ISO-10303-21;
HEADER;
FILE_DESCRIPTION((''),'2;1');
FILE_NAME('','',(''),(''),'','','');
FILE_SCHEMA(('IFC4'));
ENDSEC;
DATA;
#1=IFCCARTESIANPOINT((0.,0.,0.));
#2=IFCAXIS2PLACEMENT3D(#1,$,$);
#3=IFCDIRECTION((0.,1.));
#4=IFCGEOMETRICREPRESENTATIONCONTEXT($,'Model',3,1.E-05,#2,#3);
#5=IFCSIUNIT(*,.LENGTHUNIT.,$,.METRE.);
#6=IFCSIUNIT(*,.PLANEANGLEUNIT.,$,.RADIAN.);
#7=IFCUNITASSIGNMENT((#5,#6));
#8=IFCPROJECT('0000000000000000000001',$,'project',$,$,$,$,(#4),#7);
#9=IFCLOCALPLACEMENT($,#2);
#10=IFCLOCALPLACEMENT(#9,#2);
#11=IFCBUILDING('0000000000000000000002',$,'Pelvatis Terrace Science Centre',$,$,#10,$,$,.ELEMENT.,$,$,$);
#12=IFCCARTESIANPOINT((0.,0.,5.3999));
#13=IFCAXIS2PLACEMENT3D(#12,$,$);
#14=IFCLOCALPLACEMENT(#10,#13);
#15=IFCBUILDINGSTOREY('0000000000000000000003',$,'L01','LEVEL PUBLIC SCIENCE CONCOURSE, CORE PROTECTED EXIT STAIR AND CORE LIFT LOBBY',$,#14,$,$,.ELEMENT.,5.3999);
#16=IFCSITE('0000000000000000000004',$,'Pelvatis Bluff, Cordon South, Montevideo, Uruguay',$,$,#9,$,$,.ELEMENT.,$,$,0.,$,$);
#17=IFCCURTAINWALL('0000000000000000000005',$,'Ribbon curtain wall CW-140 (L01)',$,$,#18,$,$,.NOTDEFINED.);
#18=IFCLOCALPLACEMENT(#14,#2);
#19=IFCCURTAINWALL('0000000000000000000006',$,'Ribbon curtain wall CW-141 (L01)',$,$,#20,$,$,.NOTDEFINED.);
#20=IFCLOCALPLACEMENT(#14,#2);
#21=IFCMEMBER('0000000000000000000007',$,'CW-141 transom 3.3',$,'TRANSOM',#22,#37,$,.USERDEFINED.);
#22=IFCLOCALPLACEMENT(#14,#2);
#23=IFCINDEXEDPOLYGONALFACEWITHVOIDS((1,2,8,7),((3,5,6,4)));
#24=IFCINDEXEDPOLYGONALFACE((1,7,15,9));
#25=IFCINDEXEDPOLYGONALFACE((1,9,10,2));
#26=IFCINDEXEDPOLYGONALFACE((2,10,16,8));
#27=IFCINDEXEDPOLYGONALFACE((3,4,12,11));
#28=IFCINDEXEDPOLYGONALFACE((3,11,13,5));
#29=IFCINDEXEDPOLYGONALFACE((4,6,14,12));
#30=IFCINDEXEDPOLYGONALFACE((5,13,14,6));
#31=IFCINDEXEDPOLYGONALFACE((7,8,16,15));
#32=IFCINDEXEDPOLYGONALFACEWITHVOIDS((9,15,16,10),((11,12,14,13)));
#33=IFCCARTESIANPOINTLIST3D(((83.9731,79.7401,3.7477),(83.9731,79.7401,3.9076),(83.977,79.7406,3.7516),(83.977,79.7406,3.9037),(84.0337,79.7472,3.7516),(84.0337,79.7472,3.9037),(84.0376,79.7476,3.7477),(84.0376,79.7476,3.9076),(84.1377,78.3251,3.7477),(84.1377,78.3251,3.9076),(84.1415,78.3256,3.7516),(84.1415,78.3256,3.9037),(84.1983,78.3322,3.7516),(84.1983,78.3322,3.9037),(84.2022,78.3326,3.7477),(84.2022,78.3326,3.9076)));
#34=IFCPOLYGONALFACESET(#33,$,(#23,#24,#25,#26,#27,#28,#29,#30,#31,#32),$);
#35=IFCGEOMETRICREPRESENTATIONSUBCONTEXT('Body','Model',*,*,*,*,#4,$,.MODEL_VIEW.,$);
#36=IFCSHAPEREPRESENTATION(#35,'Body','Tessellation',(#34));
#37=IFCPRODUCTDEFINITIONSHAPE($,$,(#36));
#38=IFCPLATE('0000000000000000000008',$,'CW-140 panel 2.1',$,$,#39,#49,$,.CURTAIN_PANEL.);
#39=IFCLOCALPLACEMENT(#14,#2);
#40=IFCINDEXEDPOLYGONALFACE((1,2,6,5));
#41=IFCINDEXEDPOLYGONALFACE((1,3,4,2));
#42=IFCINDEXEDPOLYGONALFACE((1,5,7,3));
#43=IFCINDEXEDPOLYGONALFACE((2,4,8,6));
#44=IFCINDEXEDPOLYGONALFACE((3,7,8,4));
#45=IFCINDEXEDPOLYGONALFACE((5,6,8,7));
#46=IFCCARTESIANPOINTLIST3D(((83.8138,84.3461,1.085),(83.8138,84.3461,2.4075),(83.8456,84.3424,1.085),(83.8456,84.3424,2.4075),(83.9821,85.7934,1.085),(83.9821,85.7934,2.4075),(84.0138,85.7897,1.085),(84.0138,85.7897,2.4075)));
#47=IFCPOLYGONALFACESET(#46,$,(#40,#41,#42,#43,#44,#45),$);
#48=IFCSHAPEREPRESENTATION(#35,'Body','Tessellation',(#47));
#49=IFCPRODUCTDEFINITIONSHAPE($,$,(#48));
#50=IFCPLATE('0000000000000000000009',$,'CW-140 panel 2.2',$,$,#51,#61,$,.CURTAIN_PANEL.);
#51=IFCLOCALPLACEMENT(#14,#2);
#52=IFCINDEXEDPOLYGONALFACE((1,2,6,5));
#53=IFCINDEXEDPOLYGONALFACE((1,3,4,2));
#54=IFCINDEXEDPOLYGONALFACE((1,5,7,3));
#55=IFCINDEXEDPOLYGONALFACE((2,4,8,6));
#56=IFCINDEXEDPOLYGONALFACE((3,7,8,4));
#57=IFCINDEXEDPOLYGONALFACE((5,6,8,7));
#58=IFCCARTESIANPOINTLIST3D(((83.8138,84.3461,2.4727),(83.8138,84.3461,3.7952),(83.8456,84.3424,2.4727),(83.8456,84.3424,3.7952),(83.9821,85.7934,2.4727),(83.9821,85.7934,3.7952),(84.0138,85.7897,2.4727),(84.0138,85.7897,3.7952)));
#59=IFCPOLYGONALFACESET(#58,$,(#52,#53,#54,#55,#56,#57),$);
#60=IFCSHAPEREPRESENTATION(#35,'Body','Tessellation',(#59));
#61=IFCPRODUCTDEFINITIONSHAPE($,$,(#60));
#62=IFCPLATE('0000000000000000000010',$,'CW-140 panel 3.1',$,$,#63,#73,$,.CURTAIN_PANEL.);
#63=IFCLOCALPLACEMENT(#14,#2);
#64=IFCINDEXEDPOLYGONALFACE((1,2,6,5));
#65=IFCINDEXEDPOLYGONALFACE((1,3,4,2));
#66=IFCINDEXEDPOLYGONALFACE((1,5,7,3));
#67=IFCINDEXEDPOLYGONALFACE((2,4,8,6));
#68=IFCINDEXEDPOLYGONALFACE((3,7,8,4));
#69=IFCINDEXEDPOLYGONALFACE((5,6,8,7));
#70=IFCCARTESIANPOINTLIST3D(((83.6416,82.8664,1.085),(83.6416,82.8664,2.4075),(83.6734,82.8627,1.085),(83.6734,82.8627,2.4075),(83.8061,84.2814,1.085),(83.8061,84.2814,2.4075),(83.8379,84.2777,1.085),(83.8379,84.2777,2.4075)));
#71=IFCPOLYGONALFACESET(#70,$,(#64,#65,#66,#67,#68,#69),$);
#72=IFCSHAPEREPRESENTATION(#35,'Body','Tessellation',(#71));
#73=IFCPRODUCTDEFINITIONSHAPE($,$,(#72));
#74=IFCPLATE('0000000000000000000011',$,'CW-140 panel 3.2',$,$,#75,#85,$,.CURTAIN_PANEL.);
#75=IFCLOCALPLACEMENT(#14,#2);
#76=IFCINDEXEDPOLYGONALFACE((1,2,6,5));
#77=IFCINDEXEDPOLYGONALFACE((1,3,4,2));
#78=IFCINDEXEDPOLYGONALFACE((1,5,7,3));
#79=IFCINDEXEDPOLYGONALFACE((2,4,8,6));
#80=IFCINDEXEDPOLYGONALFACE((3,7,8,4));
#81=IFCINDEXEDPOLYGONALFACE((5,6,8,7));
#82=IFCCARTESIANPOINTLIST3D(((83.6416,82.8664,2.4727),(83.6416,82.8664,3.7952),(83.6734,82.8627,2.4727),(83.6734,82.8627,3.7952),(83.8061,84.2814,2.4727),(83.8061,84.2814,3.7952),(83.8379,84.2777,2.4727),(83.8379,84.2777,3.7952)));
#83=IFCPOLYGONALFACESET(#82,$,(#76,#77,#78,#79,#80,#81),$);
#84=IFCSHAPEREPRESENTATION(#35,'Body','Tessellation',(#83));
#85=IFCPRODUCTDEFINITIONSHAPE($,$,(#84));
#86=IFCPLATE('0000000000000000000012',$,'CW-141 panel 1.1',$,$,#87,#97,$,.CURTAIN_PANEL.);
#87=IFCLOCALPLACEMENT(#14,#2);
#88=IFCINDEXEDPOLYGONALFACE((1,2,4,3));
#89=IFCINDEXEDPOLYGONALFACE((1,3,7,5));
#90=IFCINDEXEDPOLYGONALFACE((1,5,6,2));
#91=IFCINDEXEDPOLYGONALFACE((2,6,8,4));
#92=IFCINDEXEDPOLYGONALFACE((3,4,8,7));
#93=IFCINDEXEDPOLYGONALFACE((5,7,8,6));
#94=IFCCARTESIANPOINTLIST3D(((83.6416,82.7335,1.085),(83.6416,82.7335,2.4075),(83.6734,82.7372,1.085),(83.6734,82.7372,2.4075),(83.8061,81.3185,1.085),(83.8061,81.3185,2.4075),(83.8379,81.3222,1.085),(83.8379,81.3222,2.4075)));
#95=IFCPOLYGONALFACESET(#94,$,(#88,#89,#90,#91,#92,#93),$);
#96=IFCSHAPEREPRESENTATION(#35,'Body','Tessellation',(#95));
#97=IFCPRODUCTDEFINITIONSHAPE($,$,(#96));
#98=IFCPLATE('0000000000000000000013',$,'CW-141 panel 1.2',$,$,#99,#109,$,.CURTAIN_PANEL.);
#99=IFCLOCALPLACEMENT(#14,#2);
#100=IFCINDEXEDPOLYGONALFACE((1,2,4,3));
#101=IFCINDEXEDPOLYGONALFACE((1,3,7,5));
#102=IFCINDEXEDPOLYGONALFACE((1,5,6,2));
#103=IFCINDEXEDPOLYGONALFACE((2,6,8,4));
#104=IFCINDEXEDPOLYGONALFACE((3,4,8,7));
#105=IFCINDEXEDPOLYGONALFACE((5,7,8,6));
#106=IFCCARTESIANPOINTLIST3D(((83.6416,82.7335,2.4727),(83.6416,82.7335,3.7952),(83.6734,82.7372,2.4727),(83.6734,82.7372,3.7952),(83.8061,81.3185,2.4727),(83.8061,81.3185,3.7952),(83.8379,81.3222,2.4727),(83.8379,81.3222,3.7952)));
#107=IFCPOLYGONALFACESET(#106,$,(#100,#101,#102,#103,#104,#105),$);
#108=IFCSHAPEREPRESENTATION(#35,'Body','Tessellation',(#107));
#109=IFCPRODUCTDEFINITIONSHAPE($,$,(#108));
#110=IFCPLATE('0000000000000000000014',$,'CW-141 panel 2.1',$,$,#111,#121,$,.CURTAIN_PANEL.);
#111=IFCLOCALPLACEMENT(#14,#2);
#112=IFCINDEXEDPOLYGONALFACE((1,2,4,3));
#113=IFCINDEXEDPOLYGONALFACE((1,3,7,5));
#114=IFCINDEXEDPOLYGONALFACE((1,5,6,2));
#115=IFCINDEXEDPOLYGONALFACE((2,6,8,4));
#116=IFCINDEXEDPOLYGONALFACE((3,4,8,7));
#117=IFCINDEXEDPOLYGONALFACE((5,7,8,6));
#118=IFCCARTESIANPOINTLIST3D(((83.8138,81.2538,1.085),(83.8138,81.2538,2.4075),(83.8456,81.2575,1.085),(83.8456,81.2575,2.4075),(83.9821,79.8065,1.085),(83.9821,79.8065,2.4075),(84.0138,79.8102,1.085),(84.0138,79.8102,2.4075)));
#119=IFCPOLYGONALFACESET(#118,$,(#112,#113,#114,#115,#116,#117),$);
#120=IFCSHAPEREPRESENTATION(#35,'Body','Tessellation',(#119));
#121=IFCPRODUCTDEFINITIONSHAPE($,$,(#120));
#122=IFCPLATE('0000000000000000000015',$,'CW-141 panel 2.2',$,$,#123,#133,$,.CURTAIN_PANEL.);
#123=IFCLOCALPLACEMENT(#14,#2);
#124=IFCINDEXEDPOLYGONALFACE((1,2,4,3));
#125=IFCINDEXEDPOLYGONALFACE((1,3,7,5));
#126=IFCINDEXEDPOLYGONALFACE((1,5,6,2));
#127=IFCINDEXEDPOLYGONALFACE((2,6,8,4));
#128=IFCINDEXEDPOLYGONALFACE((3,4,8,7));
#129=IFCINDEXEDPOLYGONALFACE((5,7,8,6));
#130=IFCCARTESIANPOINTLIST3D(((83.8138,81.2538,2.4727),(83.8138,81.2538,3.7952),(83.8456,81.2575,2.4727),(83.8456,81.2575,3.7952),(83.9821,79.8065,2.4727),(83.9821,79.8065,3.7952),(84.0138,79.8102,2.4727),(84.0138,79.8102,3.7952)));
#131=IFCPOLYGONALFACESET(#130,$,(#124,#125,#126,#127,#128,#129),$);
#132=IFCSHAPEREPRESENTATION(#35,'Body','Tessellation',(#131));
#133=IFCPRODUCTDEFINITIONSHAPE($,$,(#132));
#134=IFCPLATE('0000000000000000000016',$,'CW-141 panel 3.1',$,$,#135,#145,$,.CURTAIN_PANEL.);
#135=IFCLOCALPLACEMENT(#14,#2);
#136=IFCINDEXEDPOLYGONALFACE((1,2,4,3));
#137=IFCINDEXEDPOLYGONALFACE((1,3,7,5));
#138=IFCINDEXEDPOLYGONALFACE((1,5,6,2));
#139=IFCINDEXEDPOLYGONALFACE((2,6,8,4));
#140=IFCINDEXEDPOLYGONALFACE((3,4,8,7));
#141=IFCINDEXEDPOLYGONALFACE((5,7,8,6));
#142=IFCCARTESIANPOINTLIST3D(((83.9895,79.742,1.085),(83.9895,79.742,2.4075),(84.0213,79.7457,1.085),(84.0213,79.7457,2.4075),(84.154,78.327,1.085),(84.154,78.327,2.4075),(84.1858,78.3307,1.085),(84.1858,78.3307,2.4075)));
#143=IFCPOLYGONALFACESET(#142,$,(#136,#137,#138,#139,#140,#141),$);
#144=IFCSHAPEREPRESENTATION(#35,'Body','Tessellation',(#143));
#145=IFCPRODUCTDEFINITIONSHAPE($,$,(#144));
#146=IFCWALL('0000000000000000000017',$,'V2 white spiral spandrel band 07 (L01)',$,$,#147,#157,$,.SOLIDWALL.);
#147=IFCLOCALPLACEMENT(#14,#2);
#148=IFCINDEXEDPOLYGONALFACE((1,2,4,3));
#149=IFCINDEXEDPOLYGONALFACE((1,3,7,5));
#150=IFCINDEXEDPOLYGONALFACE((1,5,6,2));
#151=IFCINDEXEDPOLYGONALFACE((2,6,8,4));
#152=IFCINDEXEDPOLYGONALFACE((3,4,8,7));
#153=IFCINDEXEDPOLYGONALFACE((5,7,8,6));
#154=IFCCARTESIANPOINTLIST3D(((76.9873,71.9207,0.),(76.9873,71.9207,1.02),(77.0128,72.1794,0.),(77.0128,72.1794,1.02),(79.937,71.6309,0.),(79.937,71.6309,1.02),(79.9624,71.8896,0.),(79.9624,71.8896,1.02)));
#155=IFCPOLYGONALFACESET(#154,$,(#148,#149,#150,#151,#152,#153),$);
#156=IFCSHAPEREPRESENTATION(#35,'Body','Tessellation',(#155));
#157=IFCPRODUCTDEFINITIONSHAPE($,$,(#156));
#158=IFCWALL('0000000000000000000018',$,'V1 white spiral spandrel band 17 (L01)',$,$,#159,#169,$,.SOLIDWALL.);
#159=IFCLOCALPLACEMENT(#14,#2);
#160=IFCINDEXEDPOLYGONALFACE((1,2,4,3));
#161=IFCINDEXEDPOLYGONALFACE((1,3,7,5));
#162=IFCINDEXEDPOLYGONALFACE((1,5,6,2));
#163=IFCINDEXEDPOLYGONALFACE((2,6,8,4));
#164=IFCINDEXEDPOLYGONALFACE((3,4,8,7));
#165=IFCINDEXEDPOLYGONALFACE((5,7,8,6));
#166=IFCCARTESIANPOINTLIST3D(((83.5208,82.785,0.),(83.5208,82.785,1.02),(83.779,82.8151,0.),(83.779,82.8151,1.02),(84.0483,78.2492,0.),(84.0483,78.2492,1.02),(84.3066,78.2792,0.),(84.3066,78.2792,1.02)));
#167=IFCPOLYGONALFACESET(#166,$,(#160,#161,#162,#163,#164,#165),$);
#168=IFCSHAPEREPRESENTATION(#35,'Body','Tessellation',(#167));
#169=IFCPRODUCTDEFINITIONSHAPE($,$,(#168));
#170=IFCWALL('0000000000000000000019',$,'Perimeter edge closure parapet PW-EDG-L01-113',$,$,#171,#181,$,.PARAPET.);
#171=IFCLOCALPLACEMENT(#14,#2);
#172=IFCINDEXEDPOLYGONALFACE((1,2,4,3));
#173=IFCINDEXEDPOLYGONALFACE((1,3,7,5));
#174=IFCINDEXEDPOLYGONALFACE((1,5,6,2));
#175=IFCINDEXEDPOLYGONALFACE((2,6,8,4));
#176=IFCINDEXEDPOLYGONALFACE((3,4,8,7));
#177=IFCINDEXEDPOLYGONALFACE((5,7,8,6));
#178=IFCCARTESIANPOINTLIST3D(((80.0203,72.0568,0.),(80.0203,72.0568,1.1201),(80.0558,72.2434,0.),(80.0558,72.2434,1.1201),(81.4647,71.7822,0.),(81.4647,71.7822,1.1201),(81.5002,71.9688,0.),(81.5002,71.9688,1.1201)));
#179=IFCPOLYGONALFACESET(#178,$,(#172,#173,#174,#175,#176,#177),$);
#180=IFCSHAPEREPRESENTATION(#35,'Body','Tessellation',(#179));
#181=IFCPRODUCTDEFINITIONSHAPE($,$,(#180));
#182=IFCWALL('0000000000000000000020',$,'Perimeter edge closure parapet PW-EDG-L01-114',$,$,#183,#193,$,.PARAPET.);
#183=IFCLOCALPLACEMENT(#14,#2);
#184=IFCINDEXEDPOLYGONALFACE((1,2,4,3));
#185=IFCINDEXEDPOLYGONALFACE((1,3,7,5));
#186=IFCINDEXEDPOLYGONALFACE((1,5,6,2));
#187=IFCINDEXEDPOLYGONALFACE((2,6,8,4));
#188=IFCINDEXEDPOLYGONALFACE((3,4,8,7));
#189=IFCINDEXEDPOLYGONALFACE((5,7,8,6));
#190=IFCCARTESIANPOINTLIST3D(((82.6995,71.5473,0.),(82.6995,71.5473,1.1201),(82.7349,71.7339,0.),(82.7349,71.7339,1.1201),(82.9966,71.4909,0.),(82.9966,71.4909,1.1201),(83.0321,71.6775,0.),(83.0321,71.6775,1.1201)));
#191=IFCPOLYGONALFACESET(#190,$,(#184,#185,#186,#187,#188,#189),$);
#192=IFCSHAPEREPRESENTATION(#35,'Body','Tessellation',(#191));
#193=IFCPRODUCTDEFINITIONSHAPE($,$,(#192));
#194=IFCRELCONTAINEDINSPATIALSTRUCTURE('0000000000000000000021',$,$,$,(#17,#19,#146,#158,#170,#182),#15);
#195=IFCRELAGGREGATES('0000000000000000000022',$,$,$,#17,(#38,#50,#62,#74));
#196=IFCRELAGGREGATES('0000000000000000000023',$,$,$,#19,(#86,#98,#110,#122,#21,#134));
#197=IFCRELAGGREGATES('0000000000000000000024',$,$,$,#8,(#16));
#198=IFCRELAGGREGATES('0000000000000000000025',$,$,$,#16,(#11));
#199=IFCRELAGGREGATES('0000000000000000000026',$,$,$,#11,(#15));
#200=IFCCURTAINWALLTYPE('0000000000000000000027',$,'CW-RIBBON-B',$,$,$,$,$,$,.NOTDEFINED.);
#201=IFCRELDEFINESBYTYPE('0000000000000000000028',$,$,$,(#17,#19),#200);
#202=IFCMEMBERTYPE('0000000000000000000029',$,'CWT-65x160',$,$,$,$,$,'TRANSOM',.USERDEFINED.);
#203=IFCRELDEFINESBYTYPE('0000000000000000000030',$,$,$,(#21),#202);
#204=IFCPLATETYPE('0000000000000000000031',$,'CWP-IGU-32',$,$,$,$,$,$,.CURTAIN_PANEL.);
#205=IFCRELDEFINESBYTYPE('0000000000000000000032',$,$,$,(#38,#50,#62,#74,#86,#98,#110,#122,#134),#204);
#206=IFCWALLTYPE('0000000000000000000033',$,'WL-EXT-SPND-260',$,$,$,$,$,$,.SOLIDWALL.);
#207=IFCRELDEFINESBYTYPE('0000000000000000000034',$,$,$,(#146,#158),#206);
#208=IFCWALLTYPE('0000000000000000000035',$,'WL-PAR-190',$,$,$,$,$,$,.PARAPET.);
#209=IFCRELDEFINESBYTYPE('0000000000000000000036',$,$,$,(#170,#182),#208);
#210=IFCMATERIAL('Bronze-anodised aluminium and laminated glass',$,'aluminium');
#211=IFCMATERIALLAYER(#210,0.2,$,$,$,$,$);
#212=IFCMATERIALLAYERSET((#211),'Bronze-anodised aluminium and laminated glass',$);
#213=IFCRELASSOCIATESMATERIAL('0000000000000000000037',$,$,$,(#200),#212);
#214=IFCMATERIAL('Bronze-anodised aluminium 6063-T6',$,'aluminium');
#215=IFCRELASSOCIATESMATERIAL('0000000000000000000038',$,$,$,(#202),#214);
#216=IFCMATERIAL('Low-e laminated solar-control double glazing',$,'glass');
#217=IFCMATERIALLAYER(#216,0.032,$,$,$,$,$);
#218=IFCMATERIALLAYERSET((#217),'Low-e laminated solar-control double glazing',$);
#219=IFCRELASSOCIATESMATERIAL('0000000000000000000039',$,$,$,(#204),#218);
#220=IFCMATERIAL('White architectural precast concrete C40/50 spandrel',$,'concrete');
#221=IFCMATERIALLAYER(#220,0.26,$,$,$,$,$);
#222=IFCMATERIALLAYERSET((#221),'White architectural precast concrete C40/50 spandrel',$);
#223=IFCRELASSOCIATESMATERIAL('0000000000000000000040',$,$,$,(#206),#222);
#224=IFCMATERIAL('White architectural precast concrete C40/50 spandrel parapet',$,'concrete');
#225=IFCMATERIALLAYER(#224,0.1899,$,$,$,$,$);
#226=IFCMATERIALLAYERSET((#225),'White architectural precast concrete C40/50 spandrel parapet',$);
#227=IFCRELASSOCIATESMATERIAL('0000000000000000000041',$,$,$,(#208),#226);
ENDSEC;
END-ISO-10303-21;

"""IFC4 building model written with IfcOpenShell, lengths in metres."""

from ifc_helpers import new_model, si_unit, direction, frame, frame_2d, origin, origin_2d, place, context, subcontext, project, spatial, rectangle, hollow_rectangle, extrude, material, layer, layer_set, material_profile, profile_set, type_object, element, aggregate, save


model = new_model("IFC4")

# Units and contexts
model_context = context("Model", 3, precision=1e-05, world=origin(), true_north=direction((0.0, 1.0)))
body_context = subcontext(model_context, "Body", "Model", "MODEL_VIEW")
ifc_project = project(units=[si_unit("LENGTHUNIT", "METRE"), si_unit("PLANEANGLEUNIT", "RADIAN")], contexts=[model_context])

# Site, building, storey
site_placement = place(None, origin())
site = spatial("IfcSite", under=ifc_project, at=site_placement, Name="Pelvatis Bluff, Cordon South, Montevideo, Uruguay", CompositionType="ELEMENT", RefElevation=0.0)
building_placement = place(site_placement, origin())
building = spatial("IfcBuilding", under=site, at=building_placement, Name="Pelvatis Terrace Science Centre", CompositionType="ELEMENT")
storey_placement = place(building_placement, frame((0.0, 0.0, 5.3999)))
storey = spatial("IfcBuildingStorey", under=building, at=storey_placement, Name="L01", Description="LEVEL PUBLIC SCIENCE CONCOURSE, CORE PROTECTED EXIT STAIR AND CORE LIFT LOBBY", CompositionType="ELEMENT", Elevation=5.3999)

# Shared definitions
ifc_material_1 = material(Name="Bronze-anodised aluminium and laminated glass", Category="aluminium")
ifc_layer_1 = layer(ifc_material_1, 0.2)
ifc_layer_set_1 = layer_set([ifc_layer_1], Name="Bronze-anodised aluminium and laminated glass")
curtain_wall_type = type_object("IfcCurtainWallType", Name="CW-RIBBON-B", PredefinedType="NOTDEFINED", material=ifc_layer_set_1)

# Curtain walls
curtain_wall_1_placement = place(storey_placement, origin())
curtain_wall_1 = element("IfcCurtainWall", 1, at=curtain_wall_1_placement, inside=storey, type_object=curtain_wall_type, Name="Ribbon curtain wall CW-140 (L01)", PredefinedType="NOTDEFINED")
curtain_wall_2_placement = place(storey_placement, origin())
curtain_wall_2 = element("IfcCurtainWall", 2, at=curtain_wall_2_placement, inside=storey, type_object=curtain_wall_type, Name="Ribbon curtain wall CW-141 (L01)", PredefinedType="NOTDEFINED")

# Member
ifc_material_2 = material(Name="Bronze-anodised aluminium 6063-T6", Category="aluminium")
ifc_material_profile_1 = material_profile(ifc_material_2, hollow_rectangle(XDim=0.0649, YDim=0.1599, WallThickness=0.0039, at=origin_2d()), Name="ALU-TRN 65x160")
ifc_profile_set_1 = profile_set([ifc_material_profile_1], Name="Bronze-anodised aluminium 6063-T6")
member_type_1 = type_object("IfcMemberType", Name="CWT-65x160", ElementType="TRANSOM", PredefinedType="USERDEFINED", material=ifc_profile_set_1)
member_1_placement = place(storey_placement, frame((84.0054, 79.7439, 3.8276), z_axis=(0.115509, -0.993306, 0.0), x_axis=(0.993306, 0.115509, 0.0)))
member_1 = element("IfcMember", 3, at=member_1_placement, type_object=member_type_1, Name="CW-141 transom 3.3", ObjectType="TRANSOM", PredefinedType="USERDEFINED", context=body_context, shape_type="SweptSolid", body=[
    extrude(hollow_rectangle(XDim=0.0649, YDim=0.1599, WallThickness=0.0039, at=origin_2d()), origin(), (0.0, 0.0, 1.0), 1.4246),
])

# Plates
ifc_material_3 = material(Name="Low-e laminated solar-control double glazing", Category="glass")
ifc_layer_2 = layer(ifc_material_3, 0.032)
ifc_layer_set_2 = layer_set([ifc_layer_2], Name="Low-e laminated solar-control double glazing")
plate_type = type_object("IfcPlateType", Name="CWP-IGU-32", PredefinedType="CURTAIN_PANEL", material=ifc_layer_set_2)
plate_1_placement = place(storey_placement, frame((83.9138, 85.0679, 1.085), z_axis=(0.0, 0.0, 1.0), x_axis=(-0.115497, -0.993308, 0.0)))
plate_1 = element("IfcPlate", 4, at=plate_1_placement, type_object=plate_type, Name="CW-140 panel 2.1", PredefinedType="CURTAIN_PANEL", context=body_context, shape_type="SweptSolid", body=[
    extrude(rectangle(XDim=1.457, YDim=0.032, at=origin_2d()), origin(), (0.0, 0.0, 1.0), 1.3225),
])
plate_2_placement = place(storey_placement, frame((83.9138, 85.0679, 2.4727), z_axis=(0.0, 0.0, 1.0), x_axis=(-0.115497, -0.993308, 0.0)))
plate_2 = element("IfcPlate", 5, at=plate_2_placement, type_object=plate_type, Name="CW-140 panel 2.2", PredefinedType="CURTAIN_PANEL", context=body_context, shape_type="SweptSolid", body=[
    extrude(rectangle(XDim=1.457, YDim=0.032, at=origin_2d()), origin(), (0.0, 0.0, 1.0), 1.3225),
])
plate_3_placement = place(storey_placement, frame((83.7397, 83.572, 1.085), z_axis=(0.0, 0.0, 1.0), x_axis=(-0.115497, -0.993308, 0.0)))
plate_3 = element("IfcPlate", 6, at=plate_3_placement, type_object=plate_type, Name="CW-140 panel 3.1", PredefinedType="CURTAIN_PANEL", context=body_context, shape_type="SweptSolid", body=[
    extrude(rectangle(XDim=1.4246, YDim=0.032, at=origin_2d()), origin(), (0.0, 0.0, 1.0), 1.3225),
])
plate_4_placement = place(storey_placement, frame((83.7397, 83.572, 2.4727), z_axis=(0.0, 0.0, 1.0), x_axis=(-0.115497, -0.993308, 0.0)))
plate_4 = element("IfcPlate", 7, at=plate_4_placement, type_object=plate_type, Name="CW-140 panel 3.2", PredefinedType="CURTAIN_PANEL", context=body_context, shape_type="SweptSolid", body=[
    extrude(rectangle(XDim=1.4246, YDim=0.032, at=origin_2d()), origin(), (0.0, 0.0, 1.0), 1.3225),
])
aggregate(curtain_wall_1, [plate_1, plate_2, plate_3, plate_4])
plate_5_placement = place(storey_placement, frame((83.7397, 82.0278, 1.085), z_axis=(0.0, 0.0, 1.0), x_axis=(0.115497, -0.993308, 0.0)))
plate_5 = element("IfcPlate", 8, at=plate_5_placement, type_object=plate_type, Name="CW-141 panel 1.1", PredefinedType="CURTAIN_PANEL", context=body_context, shape_type="SweptSolid", body=[
    extrude(rectangle(XDim=1.4246, YDim=0.032, at=origin_2d()), origin(), (0.0, 0.0, 1.0), 1.3225),
])
plate_6_placement = place(storey_placement, frame((83.7397, 82.0278, 2.4727), z_axis=(0.0, 0.0, 1.0), x_axis=(0.115497, -0.993308, 0.0)))
plate_6 = element("IfcPlate", 9, at=plate_6_placement, type_object=plate_type, Name="CW-141 panel 1.2", PredefinedType="CURTAIN_PANEL", context=body_context, shape_type="SweptSolid", body=[
    extrude(rectangle(XDim=1.4246, YDim=0.032, at=origin_2d()), origin(), (0.0, 0.0, 1.0), 1.3225),
])
plate_7_placement = place(storey_placement, frame((83.9138, 80.532, 1.085), z_axis=(0.0, 0.0, 1.0), x_axis=(0.115497, -0.993308, 0.0)))
plate_7 = element("IfcPlate", 10, at=plate_7_placement, type_object=plate_type, Name="CW-141 panel 2.1", PredefinedType="CURTAIN_PANEL", context=body_context, shape_type="SweptSolid", body=[
    extrude(rectangle(XDim=1.457, YDim=0.032, at=origin_2d()), origin(), (0.0, 0.0, 1.0), 1.3225),
])
plate_8_placement = place(storey_placement, frame((83.9138, 80.532, 2.4727), z_axis=(0.0, 0.0, 1.0), x_axis=(0.115497, -0.993308, 0.0)))
plate_8 = element("IfcPlate", 11, at=plate_8_placement, type_object=plate_type, Name="CW-141 panel 2.2", PredefinedType="CURTAIN_PANEL", context=body_context, shape_type="SweptSolid", body=[
    extrude(rectangle(XDim=1.457, YDim=0.032, at=origin_2d()), origin(), (0.0, 0.0, 1.0), 1.3225),
])
plate_9_placement = place(storey_placement, frame((84.0876, 79.0364, 1.085), z_axis=(0.0, 0.0, 1.0), x_axis=(0.115497, -0.993308, 0.0)))
plate_9 = element("IfcPlate", 12, at=plate_9_placement, type_object=plate_type, Name="CW-141 panel 3.1", PredefinedType="CURTAIN_PANEL", context=body_context, shape_type="SweptSolid", body=[
    extrude(rectangle(XDim=1.4246, YDim=0.032, at=origin_2d()), origin(), (0.0, 0.0, 1.0), 1.3225),
])
aggregate(curtain_wall_2, [plate_5, plate_6, plate_7, plate_8, member_1, plate_9])

# Walls
ifc_material_4 = material(Name="White architectural precast concrete C40/50 spandrel", Category="concrete")
ifc_layer_3 = layer(ifc_material_4, 0.26)
ifc_layer_set_3 = layer_set([ifc_layer_3], Name="White architectural precast concrete C40/50 spandrel")
wall_type_1 = type_object("IfcWallType", Name="WL-EXT-SPND-260", PredefinedType="SOLIDWALL", material=ifc_layer_set_3)
wall_1_placement = place(storey_placement, frame((79.9497, 71.7603, 0.0), z_axis=(0.0, 0.0, 1.0), x_axis=(-0.995209, 0.097775, 0.0)))
element("IfcWall", 13, at=wall_1_placement, inside=storey, type_object=wall_type_1, Name="V2 white spiral spandrel band 07 (L01)", PredefinedType="SOLIDWALL", context=body_context, shape_type="SweptSolid", body=[
    extrude(rectangle(XDim=2.9639, YDim=0.26, at=frame_2d((1.4819, 0.0))), origin(), (0.0, 0.0, 1.0), 1.02),
])
wall_2_placement = place(storey_placement, frame((83.6499, 82.8, 0.0), z_axis=(0.0, 0.0, 1.0), x_axis=(0.115535, -0.993303, 0.0)))
element("IfcWall", 14, at=wall_2_placement, inside=storey, type_object=wall_type_1, Name="V1 white spiral spandrel band 17 (L01)", PredefinedType="SOLIDWALL", context=body_context, shape_type="SweptSolid", body=[
    extrude(rectangle(XDim=4.5664, YDim=0.26, at=frame_2d((2.2832, 0.0))), origin(), (0.0, 0.0, 1.0), 1.02),
])
ifc_material_5 = material(Name="White architectural precast concrete C40/50 spandrel parapet", Category="concrete")
ifc_layer_4 = layer(ifc_material_5, 0.1899)
ifc_layer_set_4 = layer_set([ifc_layer_4], Name="White architectural precast concrete C40/50 spandrel parapet")
wall_type_2 = type_object("IfcWallType", Name="WL-PAR-190", PredefinedType="PARAPET", material=ifc_layer_set_4)
wall_3_placement = place(storey_placement, frame((80.0381, 72.1501, 0.0), z_axis=(0.0, 0.0, 1.0), x_axis=(0.982395, -0.186815, 0.0)))
element("IfcWall", 15, at=wall_3_placement, inside=storey, type_object=wall_type_2, Name="Perimeter edge closure parapet PW-EDG-L01-113", PredefinedType="PARAPET", context=body_context, shape_type="SweptSolid", body=[
    extrude(rectangle(XDim=1.4702, YDim=0.1899, at=frame_2d((0.7351, 0.0))), origin(), (0.0, 0.0, 1.0), 1.1201),
])
wall_4_placement = place(storey_placement, frame((82.717, 71.6406, 0.0), z_axis=(0.0, 0.0, 1.0), x_axis=(0.982458, -0.186481, 0.0)))
element("IfcWall", 16, at=wall_4_placement, inside=storey, type_object=wall_type_2, Name="Perimeter edge closure parapet PW-EDG-L01-114", PredefinedType="PARAPET", context=body_context, shape_type="SweptSolid", body=[
    extrude(rectangle(XDim=0.3025, YDim=0.1899, at=frame_2d((0.1514, 0.0))), origin(), (0.0, 0.0, 1.0), 1.1201),
])

save(model, "model.ifc")
